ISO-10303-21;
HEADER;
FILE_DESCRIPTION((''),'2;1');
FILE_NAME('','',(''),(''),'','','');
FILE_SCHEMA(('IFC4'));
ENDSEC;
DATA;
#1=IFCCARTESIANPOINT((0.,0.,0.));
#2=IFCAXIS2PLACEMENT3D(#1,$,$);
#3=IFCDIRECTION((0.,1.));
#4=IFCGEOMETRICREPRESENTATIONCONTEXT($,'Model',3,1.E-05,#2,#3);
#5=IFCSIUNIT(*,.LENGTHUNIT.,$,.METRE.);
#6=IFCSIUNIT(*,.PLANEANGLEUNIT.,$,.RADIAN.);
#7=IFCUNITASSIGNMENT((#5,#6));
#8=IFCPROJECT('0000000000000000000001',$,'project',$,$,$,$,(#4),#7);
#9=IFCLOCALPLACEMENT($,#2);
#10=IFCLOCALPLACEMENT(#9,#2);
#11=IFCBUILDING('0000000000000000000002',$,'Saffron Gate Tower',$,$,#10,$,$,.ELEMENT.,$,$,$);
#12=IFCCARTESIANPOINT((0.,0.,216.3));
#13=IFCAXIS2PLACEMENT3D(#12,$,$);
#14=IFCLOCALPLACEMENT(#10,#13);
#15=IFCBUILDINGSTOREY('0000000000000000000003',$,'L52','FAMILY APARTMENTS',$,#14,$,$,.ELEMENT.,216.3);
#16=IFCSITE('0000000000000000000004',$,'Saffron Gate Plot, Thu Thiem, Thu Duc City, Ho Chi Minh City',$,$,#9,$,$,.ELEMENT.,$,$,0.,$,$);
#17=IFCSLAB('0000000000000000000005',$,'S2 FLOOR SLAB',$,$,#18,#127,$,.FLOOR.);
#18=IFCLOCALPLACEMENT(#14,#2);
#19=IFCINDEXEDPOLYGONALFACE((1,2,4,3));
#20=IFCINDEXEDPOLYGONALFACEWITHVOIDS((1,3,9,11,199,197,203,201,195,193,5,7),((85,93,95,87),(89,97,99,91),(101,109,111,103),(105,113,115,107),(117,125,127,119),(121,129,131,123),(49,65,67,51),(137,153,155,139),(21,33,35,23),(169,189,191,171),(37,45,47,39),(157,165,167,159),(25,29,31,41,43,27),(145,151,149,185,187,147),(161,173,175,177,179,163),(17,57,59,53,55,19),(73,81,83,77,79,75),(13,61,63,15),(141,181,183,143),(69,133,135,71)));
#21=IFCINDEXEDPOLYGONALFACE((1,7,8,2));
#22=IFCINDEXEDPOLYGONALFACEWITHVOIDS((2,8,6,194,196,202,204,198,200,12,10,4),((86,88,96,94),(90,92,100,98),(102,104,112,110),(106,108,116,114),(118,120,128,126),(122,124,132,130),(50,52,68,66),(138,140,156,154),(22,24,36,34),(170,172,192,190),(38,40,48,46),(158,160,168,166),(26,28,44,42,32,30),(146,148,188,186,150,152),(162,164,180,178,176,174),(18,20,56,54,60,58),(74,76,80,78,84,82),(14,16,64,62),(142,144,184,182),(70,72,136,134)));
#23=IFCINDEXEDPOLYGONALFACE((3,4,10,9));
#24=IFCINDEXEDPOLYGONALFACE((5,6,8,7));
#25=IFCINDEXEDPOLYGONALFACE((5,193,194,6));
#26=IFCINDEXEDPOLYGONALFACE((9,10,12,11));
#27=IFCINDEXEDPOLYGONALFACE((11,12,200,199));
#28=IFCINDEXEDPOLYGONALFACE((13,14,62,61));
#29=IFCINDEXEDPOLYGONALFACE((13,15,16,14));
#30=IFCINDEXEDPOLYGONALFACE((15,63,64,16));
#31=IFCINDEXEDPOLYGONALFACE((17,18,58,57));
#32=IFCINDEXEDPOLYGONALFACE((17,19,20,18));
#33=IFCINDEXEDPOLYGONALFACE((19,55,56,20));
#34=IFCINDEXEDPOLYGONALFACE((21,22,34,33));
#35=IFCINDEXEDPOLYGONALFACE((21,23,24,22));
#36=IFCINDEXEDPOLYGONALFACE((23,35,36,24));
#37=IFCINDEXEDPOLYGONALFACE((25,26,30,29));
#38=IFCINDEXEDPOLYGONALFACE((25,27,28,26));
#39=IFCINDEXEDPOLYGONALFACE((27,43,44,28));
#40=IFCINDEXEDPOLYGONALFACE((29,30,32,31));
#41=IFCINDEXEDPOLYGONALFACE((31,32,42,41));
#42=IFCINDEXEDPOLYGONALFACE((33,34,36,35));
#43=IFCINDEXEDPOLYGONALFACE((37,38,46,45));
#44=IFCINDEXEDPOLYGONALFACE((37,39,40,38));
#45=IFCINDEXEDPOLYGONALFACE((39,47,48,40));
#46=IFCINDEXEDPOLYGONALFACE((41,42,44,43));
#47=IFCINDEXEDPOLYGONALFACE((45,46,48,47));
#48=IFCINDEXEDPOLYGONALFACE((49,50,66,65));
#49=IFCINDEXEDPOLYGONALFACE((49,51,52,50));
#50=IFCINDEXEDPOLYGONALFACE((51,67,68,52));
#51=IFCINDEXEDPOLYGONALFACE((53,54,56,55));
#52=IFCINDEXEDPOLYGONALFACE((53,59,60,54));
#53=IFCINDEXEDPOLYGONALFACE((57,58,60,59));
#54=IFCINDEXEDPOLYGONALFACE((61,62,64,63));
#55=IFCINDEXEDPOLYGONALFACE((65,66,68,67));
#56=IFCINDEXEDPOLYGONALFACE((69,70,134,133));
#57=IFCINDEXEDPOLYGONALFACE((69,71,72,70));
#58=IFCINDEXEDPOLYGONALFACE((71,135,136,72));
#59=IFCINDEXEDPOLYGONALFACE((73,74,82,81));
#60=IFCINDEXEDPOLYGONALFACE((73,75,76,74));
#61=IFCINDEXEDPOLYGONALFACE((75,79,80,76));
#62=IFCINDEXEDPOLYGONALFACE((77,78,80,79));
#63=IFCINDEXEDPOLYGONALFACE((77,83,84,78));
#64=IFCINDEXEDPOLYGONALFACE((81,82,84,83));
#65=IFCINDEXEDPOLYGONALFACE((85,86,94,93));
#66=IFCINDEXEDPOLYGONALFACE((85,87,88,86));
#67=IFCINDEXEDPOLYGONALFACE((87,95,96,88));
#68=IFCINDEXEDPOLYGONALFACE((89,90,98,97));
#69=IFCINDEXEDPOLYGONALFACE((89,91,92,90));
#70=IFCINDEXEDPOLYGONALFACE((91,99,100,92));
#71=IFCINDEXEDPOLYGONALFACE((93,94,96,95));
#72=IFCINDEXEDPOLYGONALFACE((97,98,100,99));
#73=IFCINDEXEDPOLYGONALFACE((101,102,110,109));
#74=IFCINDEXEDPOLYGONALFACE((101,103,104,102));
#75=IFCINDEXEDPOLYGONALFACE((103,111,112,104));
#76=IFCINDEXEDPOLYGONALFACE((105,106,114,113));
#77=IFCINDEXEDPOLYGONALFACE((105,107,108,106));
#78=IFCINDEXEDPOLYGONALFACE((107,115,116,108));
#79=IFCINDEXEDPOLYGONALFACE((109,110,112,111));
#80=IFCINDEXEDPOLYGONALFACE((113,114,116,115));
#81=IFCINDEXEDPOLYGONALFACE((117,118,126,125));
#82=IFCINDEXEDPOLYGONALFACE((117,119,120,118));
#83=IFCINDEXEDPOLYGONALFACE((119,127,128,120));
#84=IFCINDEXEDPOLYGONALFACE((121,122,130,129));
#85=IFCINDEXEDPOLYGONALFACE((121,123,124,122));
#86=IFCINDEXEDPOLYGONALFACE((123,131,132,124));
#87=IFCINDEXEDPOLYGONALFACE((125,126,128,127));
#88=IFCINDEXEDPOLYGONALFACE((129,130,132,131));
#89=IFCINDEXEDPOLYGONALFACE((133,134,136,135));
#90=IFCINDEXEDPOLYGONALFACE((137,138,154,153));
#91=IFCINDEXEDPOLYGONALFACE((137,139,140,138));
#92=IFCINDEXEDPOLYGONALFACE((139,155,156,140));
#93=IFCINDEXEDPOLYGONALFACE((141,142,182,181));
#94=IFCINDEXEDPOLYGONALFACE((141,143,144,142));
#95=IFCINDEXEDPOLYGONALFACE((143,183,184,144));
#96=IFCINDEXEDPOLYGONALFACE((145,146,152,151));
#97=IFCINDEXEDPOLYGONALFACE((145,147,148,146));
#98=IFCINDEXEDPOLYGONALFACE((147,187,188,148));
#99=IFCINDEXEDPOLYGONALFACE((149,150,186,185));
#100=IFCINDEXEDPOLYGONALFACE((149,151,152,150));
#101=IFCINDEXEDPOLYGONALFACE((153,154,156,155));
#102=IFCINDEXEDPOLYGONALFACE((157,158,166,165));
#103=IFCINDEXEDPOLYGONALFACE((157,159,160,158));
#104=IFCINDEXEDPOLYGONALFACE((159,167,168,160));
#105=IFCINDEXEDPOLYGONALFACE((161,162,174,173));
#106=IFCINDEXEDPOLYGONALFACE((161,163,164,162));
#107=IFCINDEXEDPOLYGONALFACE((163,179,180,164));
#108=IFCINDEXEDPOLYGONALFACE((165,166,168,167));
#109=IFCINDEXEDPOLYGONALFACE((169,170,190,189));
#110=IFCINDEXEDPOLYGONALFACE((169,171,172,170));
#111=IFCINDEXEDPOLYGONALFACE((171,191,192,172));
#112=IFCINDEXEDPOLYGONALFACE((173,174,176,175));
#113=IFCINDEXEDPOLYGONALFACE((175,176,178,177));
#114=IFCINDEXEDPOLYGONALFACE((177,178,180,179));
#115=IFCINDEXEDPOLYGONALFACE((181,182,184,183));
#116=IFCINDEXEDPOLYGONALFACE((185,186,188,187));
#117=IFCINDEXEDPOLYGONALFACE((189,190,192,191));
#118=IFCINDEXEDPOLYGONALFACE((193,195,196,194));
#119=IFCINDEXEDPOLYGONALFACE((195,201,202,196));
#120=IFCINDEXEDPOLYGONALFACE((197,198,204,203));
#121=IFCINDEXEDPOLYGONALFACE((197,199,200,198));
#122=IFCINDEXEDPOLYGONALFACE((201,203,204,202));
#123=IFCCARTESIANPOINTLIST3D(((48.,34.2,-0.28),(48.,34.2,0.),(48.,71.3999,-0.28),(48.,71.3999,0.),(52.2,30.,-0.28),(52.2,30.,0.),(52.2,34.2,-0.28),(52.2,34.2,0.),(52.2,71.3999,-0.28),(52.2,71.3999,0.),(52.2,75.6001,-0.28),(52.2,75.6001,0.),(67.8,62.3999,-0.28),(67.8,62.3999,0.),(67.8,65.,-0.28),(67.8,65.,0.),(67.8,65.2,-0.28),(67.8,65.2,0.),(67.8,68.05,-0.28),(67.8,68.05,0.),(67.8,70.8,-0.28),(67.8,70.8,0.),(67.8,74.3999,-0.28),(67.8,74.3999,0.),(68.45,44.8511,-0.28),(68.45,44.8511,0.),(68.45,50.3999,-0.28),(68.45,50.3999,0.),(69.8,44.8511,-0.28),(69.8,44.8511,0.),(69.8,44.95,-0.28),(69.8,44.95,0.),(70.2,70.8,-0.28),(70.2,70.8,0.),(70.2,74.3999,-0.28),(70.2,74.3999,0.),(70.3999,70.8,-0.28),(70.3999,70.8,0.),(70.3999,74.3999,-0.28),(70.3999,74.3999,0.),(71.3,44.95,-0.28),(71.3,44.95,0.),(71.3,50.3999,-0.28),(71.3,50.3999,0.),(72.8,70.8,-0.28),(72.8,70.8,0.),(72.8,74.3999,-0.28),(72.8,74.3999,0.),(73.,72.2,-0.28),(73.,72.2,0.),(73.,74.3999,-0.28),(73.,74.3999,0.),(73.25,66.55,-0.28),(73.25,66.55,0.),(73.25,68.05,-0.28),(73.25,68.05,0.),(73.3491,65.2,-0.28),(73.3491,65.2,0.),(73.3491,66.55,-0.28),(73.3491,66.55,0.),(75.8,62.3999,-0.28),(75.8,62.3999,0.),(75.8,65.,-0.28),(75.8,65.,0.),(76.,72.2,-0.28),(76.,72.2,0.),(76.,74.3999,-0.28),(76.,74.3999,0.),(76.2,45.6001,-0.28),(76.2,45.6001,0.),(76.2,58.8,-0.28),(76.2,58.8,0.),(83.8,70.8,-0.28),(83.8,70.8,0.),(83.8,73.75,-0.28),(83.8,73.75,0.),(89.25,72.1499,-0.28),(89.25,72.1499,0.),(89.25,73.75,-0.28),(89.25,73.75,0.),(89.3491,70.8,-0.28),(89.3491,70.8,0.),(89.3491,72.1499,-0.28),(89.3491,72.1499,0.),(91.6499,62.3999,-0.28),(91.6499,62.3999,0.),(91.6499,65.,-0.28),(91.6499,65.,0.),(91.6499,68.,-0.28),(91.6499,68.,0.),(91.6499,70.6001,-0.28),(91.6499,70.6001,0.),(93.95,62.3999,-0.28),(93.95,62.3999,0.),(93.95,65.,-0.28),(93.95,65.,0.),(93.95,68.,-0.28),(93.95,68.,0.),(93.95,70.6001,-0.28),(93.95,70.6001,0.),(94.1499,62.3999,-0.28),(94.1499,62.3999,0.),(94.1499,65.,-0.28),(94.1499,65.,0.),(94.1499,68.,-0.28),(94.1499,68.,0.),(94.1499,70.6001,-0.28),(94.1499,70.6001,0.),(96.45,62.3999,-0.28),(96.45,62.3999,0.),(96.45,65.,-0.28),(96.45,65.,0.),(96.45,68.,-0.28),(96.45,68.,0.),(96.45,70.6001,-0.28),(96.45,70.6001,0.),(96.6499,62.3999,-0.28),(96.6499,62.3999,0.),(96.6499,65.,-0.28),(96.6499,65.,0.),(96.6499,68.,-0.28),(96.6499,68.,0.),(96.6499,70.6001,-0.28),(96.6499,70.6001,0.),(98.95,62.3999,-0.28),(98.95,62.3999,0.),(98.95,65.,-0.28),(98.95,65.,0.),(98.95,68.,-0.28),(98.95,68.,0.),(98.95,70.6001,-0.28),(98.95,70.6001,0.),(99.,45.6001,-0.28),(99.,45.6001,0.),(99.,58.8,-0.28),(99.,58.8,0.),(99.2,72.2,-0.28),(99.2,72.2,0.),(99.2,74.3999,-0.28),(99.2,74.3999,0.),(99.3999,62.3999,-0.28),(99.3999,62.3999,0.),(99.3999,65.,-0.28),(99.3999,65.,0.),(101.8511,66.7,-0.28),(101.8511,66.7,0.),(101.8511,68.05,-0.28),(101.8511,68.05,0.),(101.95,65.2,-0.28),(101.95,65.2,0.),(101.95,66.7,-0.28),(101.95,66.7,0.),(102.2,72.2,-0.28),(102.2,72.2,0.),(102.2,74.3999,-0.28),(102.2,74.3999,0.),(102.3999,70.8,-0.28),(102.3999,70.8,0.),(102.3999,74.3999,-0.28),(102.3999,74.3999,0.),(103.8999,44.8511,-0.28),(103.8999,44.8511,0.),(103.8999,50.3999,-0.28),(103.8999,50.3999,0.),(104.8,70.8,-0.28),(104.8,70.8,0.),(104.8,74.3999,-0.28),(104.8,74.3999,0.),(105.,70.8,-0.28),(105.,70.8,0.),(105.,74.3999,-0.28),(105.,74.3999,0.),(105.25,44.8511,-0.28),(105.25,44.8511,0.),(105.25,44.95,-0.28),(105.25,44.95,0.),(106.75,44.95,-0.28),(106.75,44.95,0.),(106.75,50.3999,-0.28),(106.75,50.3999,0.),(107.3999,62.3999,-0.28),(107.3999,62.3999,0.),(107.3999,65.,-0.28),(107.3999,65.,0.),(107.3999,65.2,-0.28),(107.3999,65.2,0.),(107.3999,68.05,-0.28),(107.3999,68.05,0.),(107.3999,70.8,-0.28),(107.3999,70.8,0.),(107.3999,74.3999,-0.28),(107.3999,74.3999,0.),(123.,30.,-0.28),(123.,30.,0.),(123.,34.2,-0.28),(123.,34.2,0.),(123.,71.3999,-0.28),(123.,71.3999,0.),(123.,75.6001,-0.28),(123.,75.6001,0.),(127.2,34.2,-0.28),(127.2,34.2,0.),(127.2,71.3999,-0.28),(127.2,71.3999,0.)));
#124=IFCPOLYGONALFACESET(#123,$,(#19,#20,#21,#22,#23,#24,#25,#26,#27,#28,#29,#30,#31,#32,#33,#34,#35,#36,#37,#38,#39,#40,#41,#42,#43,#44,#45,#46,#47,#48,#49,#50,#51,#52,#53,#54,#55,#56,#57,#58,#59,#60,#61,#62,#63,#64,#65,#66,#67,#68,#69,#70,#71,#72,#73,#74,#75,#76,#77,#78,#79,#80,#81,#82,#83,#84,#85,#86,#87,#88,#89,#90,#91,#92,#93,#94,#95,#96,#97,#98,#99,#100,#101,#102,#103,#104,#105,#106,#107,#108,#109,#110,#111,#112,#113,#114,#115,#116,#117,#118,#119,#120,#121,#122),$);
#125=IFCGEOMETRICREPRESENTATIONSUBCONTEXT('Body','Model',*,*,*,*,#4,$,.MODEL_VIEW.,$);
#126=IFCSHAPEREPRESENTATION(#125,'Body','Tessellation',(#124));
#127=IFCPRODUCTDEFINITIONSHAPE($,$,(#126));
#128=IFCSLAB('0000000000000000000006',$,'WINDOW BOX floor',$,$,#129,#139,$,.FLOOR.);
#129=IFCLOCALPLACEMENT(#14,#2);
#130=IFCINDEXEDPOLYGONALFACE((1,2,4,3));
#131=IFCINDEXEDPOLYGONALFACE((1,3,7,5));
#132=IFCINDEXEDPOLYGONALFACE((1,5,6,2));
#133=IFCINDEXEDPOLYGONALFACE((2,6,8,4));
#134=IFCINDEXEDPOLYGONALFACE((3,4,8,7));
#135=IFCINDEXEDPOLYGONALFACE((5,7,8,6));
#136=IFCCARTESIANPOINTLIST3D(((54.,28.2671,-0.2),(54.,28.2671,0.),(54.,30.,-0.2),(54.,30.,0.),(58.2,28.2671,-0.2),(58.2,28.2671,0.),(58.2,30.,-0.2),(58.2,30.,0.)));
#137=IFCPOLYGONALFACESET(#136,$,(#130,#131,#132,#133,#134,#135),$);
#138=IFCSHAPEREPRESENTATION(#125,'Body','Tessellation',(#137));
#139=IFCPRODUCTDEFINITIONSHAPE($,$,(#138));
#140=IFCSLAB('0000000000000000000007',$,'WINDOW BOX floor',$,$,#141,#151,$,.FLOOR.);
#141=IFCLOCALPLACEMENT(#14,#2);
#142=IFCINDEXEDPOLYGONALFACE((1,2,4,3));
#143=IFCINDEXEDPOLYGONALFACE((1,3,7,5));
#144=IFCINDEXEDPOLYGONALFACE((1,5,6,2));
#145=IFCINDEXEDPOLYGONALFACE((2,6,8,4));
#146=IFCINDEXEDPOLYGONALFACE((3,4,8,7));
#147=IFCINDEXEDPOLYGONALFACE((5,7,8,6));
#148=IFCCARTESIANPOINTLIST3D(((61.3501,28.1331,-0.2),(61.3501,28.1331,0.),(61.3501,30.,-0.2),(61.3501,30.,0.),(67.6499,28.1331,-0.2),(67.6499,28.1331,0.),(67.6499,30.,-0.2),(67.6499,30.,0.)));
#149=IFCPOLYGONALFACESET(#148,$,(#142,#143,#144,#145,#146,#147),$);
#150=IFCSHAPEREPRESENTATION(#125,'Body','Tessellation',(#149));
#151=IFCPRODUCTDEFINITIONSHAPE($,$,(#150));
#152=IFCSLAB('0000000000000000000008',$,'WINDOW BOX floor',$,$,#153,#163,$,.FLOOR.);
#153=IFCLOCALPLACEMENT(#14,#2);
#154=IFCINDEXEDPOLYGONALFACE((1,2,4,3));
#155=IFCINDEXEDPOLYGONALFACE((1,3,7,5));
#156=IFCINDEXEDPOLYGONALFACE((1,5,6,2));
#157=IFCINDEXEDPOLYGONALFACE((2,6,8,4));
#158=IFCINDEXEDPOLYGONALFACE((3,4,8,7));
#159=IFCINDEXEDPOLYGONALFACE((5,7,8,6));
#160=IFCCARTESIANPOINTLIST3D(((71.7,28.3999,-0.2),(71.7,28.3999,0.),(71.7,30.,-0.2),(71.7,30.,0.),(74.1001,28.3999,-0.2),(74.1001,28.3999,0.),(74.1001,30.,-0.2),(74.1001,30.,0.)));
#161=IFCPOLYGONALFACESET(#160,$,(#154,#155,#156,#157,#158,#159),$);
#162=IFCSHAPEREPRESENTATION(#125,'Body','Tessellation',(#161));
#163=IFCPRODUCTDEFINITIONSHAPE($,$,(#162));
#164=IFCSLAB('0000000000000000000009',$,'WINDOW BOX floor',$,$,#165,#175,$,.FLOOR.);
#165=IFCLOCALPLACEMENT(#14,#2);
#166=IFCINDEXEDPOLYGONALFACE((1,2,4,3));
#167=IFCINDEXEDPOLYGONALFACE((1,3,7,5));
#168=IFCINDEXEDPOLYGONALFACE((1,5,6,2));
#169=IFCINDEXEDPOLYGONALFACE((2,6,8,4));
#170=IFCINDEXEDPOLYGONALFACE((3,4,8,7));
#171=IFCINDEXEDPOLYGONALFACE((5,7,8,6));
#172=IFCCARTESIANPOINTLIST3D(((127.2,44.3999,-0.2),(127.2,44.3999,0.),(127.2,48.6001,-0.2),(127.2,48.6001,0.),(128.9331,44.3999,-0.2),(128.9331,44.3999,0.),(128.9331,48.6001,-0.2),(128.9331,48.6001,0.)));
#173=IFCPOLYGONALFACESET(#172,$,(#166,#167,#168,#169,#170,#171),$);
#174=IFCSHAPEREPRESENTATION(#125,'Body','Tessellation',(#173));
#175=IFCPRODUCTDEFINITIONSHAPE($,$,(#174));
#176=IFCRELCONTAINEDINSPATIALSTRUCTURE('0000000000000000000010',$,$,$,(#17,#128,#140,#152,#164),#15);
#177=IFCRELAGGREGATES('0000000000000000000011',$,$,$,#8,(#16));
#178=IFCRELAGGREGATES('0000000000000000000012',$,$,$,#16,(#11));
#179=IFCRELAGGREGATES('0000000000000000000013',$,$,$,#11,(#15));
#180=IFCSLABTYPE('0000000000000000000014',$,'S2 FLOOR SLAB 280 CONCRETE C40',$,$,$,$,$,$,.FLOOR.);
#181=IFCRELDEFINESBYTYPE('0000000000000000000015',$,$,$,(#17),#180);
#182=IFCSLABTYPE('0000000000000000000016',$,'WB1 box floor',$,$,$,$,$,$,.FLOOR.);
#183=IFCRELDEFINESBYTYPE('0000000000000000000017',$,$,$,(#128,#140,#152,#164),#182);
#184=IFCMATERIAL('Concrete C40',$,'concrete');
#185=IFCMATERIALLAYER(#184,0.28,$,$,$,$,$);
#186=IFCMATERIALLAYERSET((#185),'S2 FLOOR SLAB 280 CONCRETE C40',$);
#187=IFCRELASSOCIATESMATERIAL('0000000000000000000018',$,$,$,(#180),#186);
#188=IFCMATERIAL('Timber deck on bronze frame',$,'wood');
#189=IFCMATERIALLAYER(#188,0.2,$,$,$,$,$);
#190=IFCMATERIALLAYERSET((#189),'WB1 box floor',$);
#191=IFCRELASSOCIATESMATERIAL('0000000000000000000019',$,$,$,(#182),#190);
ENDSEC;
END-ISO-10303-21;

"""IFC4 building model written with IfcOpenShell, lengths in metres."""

from ifc_helpers import new_model, si_unit, direction, frame, origin, place, context, subcontext, project, spatial, polyline, outline, extrude, material, layer, layer_set, type_object, element, save


model = new_model("IFC4")

# Units and contexts
model_context = context("Model", 3, precision=1e-05, world=origin(), true_north=direction((0.0, 1.0)))
body_context = subcontext(model_context, "Body", "Model", "MODEL_VIEW")
ifc_project = project(units=[si_unit("LENGTHUNIT", "METRE"), si_unit("PLANEANGLEUNIT", "RADIAN")], contexts=[model_context])

# Site, building, storey
site_placement = place(None, origin())
site = spatial("IfcSite", under=ifc_project, at=site_placement, Name="Saffron Gate Plot, Thu Thiem, Thu Duc City, Ho Chi Minh City", CompositionType="ELEMENT", RefElevation=0.0)
building_placement = place(site_placement, origin())
building = spatial("IfcBuilding", under=site, at=building_placement, Name="Saffron Gate Tower", CompositionType="ELEMENT")
storey_placement = place(building_placement, frame((0.0, 0.0, 216.3)))
storey = spatial("IfcBuildingStorey", under=building, at=storey_placement, Name="L52", Description="FAMILY APARTMENTS", CompositionType="ELEMENT", Elevation=216.3)

# Slabs
ifc_material_1 = material(Name="Concrete C40", Category="concrete")
ifc_layer_1 = layer(ifc_material_1, 0.28)
ifc_layer_set_1 = layer_set([ifc_layer_1], Name="S2 FLOOR SLAB 280 CONCRETE C40")
slab_type_1 = type_object("IfcSlabType", Name="S2 FLOOR SLAB 280 CONCRETE C40", PredefinedType="FLOOR", material=ifc_layer_set_1)
slab_1_placement = place(storey_placement, frame((0.0, 0.0, -0.28)))
element("IfcSlab", 1, at=slab_1_placement, inside=storey, type_object=slab_type_1, Name="S2 FLOOR SLAB", PredefinedType="FLOOR", context=body_context, shape_type="SweptSolid", body=[
    extrude(outline(polyline([(48.0, 34.2), (52.2, 34.2), (52.2, 30.0), (123.0, 30.0), (123.0, 34.2), (127.2, 34.2), (127.2, 71.3999), (123.0, 71.3999), (123.0, 75.6001), (52.2, 75.6001), (52.2, 71.3999), (48.0, 71.3999), (48.0, 34.2)]), holes=[polyline([(67.8, 62.3999), (67.8, 65.0), (75.8, 65.0), (75.8, 62.3999), (67.8, 62.3999)]), polyline([(67.8, 65.2), (67.8, 68.05), (73.25, 68.05), (73.25, 66.55), (73.3491, 66.55), (73.3491, 65.2), (67.8, 65.2)]), polyline([(67.8, 70.8), (67.8, 74.3999), (70.2, 74.3999), (70.2, 70.8), (67.8, 70.8)]), polyline([(68.45, 44.8511), (68.45, 50.3999), (71.3, 50.3999), (71.3, 44.95), (69.8, 44.95), (69.8, 44.8511), (68.45, 44.8511)]), polyline([(70.3999, 70.8), (70.3999, 74.3999), (72.8, 74.3999), (72.8, 70.8), (70.3999, 70.8)]), polyline([(73.0, 72.2), (73.0, 74.3999), (76.0, 74.3999), (76.0, 72.2), (73.0, 72.2)]), polyline([(76.2, 45.6001), (76.2, 58.8), (99.0, 58.8), (99.0, 45.6001), (76.2, 45.6001)]), polyline([(83.8, 70.8), (83.8, 73.75), (89.25, 73.75), (89.25, 72.1499), (89.3491, 72.1499), (89.3491, 70.8), (83.8, 70.8)]), polyline([(91.6499, 62.3999), (91.6499, 65.0), (93.95, 65.0), (93.95, 62.3999), (91.6499, 62.3999)]), polyline([(91.6499, 68.0), (91.6499, 70.6001), (93.95, 70.6001), (93.95, 68.0), (91.6499, 68.0)]), polyline([(94.1499, 62.3999), (94.1499, 65.0), (96.45, 65.0), (96.45, 62.3999), (94.1499, 62.3999)]), polyline([(94.1499, 68.0), (94.1499, 70.6001), (96.45, 70.6001), (96.45, 68.0), (94.1499, 68.0)]), polyline([(96.6499, 62.3999), (96.6499, 65.0), (98.95, 65.0), (98.95, 62.3999), (96.6499, 62.3999)]), polyline([(96.6499, 68.0), (96.6499, 70.6001), (98.95, 70.6001), (98.95, 68.0), (96.6499, 68.0)]), polyline([(99.2, 72.2), (99.2, 74.3999), (102.2, 74.3999), (102.2, 72.2), (99.2, 72.2)]), polyline([(99.3999, 62.3999), (99.3999, 65.0), (107.3999, 65.0), (107.3999, 62.3999), (99.3999, 62.3999)]), polyline([(101.8511, 66.7), (101.8511, 68.05), (107.3999, 68.05), (107.3999, 65.2), (101.95, 65.2), (101.95, 66.7), (101.8511, 66.7)]), polyline([(102.3999, 70.8), (102.3999, 74.3999), (104.8, 74.3999), (104.8, 70.8), (102.3999, 70.8)]), polyline([(103.8999, 44.8511), (103.8999, 50.3999), (106.75, 50.3999), (106.75, 44.95), (105.25, 44.95), (105.25, 44.8511), (103.8999, 44.8511)]), polyline([(105.0, 70.8), (105.0, 74.3999), (107.3999, 74.3999), (107.3999, 70.8), (105.0, 70.8)])]), origin(), (0.0, 0.0, 1.0), 0.28),
])
ifc_material_2 = material(Name="Timber deck on bronze frame", Category="wood")
ifc_layer_2 = layer(ifc_material_2, 0.2)
ifc_layer_set_2 = layer_set([ifc_layer_2], Name="WB1 box floor")
slab_type_2 = type_object("IfcSlabType", Name="WB1 box floor", PredefinedType="FLOOR", material=ifc_layer_set_2)
slab_2_placement = place(storey_placement, frame((0.0, 0.0, -0.2)))
element("IfcSlab", 2, at=slab_2_placement, inside=storey, type_object=slab_type_2, Name="WINDOW BOX floor", PredefinedType="FLOOR", context=body_context, shape_type="SweptSolid", body=[
    extrude(outline(polyline([(54.0, 30.0), (58.2, 30.0), (58.2, 28.2671), (54.0, 28.2671), (54.0, 30.0)])), origin(), (0.0, 0.0, 1.0), 0.2),
])
slab_3_placement = place(storey_placement, frame((0.0, 0.0, -0.2)))
element("IfcSlab", 3, at=slab_3_placement, inside=storey, type_object=slab_type_2, Name="WINDOW BOX floor", PredefinedType="FLOOR", context=body_context, shape_type="SweptSolid", body=[
    extrude(outline(polyline([(61.3501, 30.0), (67.6499, 30.0), (67.6499, 28.1331), (61.3501, 28.1331), (61.3501, 30.0)])), origin(), (0.0, 0.0, 1.0), 0.2),
])
slab_4_placement = place(storey_placement, frame((0.0, 0.0, -0.2)))
element("IfcSlab", 4, at=slab_4_placement, inside=storey, type_object=slab_type_2, Name="WINDOW BOX floor", PredefinedType="FLOOR", context=body_context, shape_type="SweptSolid", body=[
    extrude(outline(polyline([(71.7, 30.0), (74.1001, 30.0), (74.1001, 28.3999), (71.7, 28.3999), (71.7, 30.0)])), origin(), (0.0, 0.0, 1.0), 0.2),
])
slab_5_placement = place(storey_placement, frame((0.0, 0.0, -0.2)))
element("IfcSlab", 5, at=slab_5_placement, inside=storey, type_object=slab_type_2, Name="WINDOW BOX floor", PredefinedType="FLOOR", context=body_context, shape_type="SweptSolid", body=[
    extrude(outline(polyline([(127.2, 44.3999), (127.2, 48.6001), (128.9331, 48.6001), (128.9331, 44.3999), (127.2, 44.3999)])), origin(), (0.0, 0.0, 1.0), 0.2),
])

save(model, "model.ifc")
